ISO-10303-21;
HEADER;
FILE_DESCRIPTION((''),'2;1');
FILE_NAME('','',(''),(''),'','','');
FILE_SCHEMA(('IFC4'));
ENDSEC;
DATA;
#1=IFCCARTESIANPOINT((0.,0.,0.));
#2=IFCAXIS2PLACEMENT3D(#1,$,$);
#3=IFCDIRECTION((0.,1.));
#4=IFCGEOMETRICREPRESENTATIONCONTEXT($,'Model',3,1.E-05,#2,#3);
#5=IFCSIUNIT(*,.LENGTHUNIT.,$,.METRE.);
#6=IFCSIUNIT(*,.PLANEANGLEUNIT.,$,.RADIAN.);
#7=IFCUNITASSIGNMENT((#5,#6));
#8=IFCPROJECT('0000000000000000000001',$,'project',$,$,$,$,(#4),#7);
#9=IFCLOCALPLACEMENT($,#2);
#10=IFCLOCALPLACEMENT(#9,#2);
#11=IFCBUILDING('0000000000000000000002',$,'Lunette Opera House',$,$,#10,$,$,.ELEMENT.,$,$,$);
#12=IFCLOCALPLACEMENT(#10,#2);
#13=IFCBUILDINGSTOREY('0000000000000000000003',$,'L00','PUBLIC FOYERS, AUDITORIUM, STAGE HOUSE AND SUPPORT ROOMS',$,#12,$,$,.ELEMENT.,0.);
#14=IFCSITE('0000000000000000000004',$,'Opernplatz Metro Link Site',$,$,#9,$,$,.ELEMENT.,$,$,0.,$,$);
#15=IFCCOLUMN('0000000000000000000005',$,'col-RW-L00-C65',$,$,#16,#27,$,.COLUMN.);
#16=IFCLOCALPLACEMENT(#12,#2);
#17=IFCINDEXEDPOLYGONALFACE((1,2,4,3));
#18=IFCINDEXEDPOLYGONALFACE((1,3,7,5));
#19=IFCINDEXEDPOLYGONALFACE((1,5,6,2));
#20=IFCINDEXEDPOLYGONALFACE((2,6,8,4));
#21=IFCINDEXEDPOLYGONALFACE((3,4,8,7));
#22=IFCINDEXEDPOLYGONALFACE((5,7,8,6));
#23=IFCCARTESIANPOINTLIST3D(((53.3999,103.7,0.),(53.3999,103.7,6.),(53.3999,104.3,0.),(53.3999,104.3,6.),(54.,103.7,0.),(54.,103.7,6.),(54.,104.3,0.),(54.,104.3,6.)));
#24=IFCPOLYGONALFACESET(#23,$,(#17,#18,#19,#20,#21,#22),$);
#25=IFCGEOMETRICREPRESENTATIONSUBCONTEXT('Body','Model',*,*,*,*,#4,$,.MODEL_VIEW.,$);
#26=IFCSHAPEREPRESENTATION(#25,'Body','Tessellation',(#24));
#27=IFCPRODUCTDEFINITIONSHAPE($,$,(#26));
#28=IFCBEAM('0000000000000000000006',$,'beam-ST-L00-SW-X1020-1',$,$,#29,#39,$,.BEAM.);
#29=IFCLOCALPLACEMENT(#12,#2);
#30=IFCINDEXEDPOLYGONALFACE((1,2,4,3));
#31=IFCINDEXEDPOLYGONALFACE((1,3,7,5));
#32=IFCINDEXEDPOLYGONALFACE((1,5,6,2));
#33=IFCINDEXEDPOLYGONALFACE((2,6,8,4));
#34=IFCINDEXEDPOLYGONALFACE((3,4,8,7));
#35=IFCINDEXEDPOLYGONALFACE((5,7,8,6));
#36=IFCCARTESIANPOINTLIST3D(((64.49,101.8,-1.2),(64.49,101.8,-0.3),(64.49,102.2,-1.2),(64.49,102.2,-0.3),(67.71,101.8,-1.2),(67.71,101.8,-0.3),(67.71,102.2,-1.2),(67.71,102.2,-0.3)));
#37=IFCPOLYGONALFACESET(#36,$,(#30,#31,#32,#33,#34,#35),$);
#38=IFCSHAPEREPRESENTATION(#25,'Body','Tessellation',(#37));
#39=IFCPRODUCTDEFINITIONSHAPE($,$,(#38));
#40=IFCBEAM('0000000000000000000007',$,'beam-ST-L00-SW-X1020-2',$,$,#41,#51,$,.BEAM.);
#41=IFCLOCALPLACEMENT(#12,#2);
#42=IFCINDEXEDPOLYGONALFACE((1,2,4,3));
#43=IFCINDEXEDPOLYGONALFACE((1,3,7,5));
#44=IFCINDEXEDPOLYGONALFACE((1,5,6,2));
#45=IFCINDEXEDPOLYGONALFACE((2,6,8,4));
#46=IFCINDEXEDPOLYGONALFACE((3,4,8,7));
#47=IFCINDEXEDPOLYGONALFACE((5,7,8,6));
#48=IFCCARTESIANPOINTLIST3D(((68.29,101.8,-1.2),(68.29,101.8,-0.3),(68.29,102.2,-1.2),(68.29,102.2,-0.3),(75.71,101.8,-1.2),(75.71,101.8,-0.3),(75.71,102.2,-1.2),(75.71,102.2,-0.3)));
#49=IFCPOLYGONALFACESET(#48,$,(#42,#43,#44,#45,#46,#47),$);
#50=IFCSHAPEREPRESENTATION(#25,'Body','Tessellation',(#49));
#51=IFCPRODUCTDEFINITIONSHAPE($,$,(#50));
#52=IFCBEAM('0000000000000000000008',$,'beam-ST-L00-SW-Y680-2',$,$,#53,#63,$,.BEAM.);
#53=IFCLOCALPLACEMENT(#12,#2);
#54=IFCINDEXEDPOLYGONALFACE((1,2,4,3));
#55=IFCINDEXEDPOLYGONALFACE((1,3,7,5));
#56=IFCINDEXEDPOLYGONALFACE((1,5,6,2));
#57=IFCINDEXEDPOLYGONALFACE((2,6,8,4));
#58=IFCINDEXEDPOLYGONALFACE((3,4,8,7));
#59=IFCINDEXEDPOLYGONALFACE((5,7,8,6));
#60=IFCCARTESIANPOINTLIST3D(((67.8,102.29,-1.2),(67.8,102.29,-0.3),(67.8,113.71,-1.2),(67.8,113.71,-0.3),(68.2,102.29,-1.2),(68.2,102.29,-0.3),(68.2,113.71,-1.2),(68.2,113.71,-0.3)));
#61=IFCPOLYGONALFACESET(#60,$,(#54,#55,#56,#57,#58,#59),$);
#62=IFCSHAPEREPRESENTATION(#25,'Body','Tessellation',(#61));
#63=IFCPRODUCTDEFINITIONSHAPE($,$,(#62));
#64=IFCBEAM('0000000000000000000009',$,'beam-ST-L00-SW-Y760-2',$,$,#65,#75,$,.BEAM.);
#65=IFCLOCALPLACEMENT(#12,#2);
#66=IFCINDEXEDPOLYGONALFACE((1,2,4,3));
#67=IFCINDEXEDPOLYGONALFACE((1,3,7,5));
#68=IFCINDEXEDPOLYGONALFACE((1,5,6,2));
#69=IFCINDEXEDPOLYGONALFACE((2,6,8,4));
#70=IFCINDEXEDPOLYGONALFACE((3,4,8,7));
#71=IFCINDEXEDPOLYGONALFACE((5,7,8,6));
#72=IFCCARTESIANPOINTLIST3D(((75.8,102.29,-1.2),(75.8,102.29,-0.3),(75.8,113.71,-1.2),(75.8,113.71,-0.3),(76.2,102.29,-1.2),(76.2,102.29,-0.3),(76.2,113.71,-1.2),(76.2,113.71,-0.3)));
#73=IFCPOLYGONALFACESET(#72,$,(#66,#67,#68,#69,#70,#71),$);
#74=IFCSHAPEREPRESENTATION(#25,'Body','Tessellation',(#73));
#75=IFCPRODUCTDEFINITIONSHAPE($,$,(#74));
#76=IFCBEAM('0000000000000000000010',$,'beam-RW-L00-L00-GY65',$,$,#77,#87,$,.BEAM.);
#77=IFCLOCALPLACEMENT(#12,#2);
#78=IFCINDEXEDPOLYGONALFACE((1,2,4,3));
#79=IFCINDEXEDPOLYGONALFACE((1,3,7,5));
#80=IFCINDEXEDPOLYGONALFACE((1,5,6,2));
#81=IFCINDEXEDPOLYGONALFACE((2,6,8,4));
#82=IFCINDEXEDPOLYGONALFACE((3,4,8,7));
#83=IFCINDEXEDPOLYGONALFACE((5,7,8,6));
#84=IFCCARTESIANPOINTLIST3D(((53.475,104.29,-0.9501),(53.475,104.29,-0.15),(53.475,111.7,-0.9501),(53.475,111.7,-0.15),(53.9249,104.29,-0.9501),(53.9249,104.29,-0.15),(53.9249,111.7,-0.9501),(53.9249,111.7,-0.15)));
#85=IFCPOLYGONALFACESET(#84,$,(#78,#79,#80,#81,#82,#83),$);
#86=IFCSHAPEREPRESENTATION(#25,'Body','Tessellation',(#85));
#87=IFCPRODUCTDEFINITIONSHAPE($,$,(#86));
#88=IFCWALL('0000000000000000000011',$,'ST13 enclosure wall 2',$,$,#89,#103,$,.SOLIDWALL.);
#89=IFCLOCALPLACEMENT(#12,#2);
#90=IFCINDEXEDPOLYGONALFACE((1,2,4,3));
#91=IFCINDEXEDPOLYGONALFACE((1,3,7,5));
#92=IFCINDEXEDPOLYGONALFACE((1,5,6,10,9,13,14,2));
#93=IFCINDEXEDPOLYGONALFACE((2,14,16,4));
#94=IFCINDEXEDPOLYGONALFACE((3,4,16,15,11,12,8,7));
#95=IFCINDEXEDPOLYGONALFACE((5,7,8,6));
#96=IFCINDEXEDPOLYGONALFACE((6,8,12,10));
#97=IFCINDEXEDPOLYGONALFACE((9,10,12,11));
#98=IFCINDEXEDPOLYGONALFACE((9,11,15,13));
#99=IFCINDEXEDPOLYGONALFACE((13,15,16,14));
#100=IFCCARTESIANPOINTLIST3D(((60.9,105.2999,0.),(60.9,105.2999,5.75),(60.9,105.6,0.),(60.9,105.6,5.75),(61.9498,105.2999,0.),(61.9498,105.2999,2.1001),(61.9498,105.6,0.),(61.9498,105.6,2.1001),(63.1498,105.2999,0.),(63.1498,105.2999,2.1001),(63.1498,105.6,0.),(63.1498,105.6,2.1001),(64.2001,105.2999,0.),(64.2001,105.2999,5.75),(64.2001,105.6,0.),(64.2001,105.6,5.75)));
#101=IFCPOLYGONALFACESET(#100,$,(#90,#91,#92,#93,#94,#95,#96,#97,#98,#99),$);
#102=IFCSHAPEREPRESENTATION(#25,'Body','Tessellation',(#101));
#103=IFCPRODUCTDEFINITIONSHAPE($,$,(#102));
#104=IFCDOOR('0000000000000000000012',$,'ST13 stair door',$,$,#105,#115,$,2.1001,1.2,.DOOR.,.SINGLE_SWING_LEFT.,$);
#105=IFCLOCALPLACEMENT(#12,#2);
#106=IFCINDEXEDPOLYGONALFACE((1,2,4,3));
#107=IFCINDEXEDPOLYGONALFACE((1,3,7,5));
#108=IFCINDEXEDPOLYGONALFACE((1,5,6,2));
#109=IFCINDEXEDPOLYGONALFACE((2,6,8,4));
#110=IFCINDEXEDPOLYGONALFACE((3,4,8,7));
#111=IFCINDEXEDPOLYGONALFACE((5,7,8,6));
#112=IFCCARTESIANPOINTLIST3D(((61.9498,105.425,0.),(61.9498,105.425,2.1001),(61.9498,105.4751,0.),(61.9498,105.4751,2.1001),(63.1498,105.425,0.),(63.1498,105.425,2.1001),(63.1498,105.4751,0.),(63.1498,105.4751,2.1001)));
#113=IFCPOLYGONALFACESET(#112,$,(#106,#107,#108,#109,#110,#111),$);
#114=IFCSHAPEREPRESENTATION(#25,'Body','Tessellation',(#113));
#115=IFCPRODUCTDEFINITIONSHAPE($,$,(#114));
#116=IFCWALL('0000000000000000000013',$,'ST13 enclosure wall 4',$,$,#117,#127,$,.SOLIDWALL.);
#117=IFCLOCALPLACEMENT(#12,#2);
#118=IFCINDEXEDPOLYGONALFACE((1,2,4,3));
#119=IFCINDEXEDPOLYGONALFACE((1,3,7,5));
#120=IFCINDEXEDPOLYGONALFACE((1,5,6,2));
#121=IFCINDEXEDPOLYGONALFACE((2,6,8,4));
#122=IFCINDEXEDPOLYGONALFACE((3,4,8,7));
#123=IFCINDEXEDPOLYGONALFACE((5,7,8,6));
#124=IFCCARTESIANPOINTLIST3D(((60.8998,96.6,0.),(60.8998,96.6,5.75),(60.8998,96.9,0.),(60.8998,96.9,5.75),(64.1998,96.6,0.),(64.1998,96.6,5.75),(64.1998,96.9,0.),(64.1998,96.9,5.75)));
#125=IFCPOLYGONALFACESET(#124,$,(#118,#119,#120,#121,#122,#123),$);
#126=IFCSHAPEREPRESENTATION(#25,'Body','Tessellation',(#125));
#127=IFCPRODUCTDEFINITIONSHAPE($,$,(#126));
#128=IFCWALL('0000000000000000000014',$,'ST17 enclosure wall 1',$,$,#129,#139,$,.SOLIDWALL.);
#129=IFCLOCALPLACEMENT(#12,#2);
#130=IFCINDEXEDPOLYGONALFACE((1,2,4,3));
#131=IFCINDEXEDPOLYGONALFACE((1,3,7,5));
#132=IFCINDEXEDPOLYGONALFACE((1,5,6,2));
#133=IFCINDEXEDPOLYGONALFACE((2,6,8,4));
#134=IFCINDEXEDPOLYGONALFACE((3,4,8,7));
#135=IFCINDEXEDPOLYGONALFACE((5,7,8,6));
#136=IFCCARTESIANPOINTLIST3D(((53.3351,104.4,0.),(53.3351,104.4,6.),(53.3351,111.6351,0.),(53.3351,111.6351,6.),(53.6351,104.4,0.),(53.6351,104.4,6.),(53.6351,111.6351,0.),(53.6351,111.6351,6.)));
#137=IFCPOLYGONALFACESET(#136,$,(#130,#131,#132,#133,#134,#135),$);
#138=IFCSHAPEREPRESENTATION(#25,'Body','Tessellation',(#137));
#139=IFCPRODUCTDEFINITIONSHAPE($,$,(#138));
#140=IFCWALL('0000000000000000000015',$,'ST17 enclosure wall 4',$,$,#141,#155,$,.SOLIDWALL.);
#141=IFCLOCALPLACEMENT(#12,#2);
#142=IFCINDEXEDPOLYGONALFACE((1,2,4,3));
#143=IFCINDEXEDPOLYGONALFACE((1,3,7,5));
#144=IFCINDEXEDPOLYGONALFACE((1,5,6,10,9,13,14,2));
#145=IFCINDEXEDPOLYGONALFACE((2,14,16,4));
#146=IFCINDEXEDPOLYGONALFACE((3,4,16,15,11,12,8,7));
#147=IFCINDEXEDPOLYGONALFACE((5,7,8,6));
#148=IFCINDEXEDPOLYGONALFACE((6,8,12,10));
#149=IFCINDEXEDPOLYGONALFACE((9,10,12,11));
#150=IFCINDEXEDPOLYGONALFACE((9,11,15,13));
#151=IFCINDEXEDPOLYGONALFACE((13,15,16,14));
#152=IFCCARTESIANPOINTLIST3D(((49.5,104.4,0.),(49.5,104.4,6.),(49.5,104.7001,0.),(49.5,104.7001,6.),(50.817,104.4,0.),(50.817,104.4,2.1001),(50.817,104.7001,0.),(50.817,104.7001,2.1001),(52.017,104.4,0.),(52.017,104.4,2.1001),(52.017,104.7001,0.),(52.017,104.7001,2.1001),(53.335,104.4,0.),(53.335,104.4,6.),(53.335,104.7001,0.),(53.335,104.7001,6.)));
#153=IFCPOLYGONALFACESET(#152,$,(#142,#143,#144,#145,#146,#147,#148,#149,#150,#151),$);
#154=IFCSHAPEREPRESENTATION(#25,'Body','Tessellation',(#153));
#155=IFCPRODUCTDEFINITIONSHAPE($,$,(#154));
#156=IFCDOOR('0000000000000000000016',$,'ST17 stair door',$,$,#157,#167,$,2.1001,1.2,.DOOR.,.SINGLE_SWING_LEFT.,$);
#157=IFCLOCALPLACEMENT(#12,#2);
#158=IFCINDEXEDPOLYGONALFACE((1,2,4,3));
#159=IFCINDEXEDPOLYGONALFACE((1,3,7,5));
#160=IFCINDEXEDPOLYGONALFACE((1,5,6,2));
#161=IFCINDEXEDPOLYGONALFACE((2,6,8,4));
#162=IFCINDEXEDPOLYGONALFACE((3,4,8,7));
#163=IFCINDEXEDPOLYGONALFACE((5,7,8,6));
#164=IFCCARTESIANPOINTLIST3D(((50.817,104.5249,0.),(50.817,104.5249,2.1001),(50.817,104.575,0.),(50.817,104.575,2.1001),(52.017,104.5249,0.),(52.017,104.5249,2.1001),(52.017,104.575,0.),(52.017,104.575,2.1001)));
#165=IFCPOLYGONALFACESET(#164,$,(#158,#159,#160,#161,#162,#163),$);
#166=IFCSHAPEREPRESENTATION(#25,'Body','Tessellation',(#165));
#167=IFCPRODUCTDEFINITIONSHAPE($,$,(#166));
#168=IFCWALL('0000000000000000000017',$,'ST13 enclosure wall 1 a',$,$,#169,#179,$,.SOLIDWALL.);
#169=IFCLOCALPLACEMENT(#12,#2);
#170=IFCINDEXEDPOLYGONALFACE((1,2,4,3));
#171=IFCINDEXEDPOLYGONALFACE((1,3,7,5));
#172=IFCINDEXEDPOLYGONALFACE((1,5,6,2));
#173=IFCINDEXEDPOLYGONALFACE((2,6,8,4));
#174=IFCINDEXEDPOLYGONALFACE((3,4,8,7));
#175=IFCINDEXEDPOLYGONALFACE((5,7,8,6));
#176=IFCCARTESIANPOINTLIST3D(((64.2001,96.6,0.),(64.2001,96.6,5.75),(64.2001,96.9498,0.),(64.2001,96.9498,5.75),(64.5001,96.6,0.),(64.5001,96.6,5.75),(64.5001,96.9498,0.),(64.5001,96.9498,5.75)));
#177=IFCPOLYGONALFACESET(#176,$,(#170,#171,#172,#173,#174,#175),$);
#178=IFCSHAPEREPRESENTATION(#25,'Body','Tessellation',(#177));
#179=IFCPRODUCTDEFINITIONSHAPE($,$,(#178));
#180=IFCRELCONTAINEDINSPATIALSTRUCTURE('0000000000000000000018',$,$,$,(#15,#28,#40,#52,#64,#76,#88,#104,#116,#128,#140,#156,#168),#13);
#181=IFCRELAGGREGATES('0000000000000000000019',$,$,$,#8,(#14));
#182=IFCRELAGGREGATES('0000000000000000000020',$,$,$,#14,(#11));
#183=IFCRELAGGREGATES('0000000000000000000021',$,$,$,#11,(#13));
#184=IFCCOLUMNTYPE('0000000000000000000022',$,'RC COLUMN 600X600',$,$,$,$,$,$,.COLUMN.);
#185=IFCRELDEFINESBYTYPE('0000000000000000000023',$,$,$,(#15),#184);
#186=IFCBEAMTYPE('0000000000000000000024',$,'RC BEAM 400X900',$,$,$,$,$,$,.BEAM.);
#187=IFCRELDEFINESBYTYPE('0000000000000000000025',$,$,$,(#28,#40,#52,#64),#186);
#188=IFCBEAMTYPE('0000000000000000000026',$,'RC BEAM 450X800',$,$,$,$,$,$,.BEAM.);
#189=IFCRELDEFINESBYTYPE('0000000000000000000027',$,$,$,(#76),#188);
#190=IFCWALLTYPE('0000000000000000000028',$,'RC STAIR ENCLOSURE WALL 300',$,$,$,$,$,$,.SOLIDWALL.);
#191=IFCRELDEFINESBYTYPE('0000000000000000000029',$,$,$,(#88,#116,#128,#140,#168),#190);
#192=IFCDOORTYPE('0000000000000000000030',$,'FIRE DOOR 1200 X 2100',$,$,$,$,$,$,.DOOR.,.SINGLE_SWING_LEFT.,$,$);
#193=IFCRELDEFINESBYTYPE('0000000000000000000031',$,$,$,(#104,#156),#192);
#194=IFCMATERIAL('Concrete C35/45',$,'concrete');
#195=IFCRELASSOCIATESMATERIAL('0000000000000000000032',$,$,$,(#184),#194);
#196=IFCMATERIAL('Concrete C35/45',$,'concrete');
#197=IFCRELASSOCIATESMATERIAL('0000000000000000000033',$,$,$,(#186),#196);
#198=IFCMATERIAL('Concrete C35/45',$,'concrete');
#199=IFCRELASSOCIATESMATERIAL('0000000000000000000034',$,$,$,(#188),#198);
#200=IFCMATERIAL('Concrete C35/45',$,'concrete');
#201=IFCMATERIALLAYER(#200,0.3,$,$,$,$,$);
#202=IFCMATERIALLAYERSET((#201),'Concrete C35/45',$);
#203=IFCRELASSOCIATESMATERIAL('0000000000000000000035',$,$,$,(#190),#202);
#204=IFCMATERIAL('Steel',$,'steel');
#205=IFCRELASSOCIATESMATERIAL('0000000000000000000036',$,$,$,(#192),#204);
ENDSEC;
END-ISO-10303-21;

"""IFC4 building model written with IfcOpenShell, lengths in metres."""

from ifc_helpers import new_model, si_unit, direction, frame, frame_2d, origin, origin_2d, place, context, subcontext, project, spatial, rectangle, extrude, material, layer, layer_set, material_profile, profile_set, type_object, element, fill, save


model = new_model("IFC4")

# Units and contexts
model_context = context("Model", 3, precision=1e-05, world=origin(), true_north=direction((0.0, 1.0)))
body_context = subcontext(model_context, "Body", "Model", "MODEL_VIEW")
ifc_project = project(units=[si_unit("LENGTHUNIT", "METRE"), si_unit("PLANEANGLEUNIT", "RADIAN")], contexts=[model_context])

# Site, building, storey
site_placement = place(None, origin())
site = spatial("IfcSite", under=ifc_project, at=site_placement, Name="Opernplatz Metro Link Site", CompositionType="ELEMENT", RefElevation=0.0)
building_placement = place(site_placement, origin())
building = spatial("IfcBuilding", under=site, at=building_placement, Name="Lunette Opera House", CompositionType="ELEMENT")
storey_placement = place(building_placement, origin())
storey = spatial("IfcBuildingStorey", under=building, at=storey_placement, Name="L00", Description="PUBLIC FOYERS, AUDITORIUM, STAGE HOUSE AND SUPPORT ROOMS", CompositionType="ELEMENT", Elevation=0.0)

# Column
ifc_material_1 = material(Name="Concrete C35/45", Category="concrete")
ifc_material_profile_1 = material_profile(ifc_material_1, rectangle(XDim=0.6001, YDim=0.6001, at=origin_2d()), Name="RC COLUMN 600X600")
ifc_profile_set_1 = profile_set([ifc_material_profile_1], Name="Concrete C35/45")
column_type = type_object("IfcColumnType", Name="RC COLUMN 600X600", PredefinedType="COLUMN", material=ifc_profile_set_1)
column_placement = place(storey_placement, frame((53.7, 104.0, 0.0), z_axis=(0.0, 0.0, 1.0), x_axis=(1.0, 0.0, 0.0)))
element("IfcColumn", 1, at=column_placement, inside=storey, type_object=column_type, Name="col-RW-L00-C65", PredefinedType="COLUMN", context=body_context, shape_type="SweptSolid", body=[
    extrude(rectangle(XDim=0.6001, YDim=0.6001, at=origin_2d()), origin(), (0.0, 0.0, 1.0), 6.0),
])

# Beams
ifc_material_2 = material(Name="Concrete C35/45", Category="concrete")
ifc_material_profile_2 = material_profile(ifc_material_2, rectangle(XDim=0.3999, YDim=0.8999, at=origin_2d()), Name="RC BEAM 400X900")
ifc_profile_set_2 = profile_set([ifc_material_profile_2], Name="Concrete C35/45")
beam_type_1 = type_object("IfcBeamType", Name="RC BEAM 400X900", PredefinedType="BEAM", material=ifc_profile_set_2)
beam_1_placement = place(storey_placement, frame((64.49, 102.0, -0.75), z_axis=(1.0, 0.0, 0.0), x_axis=(0.0, 1.0, 0.0)))
element("IfcBeam", 2, at=beam_1_placement, inside=storey, type_object=beam_type_1, Name="beam-ST-L00-SW-X1020-1", PredefinedType="BEAM", context=body_context, shape_type="SweptSolid", body=[
    extrude(rectangle(XDim=0.3999, YDim=0.8999, at=origin_2d()), origin(), (0.0, 0.0, 1.0), 3.22),
])
beam_2_placement = place(storey_placement, frame((68.29, 102.0, -0.75), z_axis=(1.0, 0.0, 0.0), x_axis=(0.0, 1.0, 0.0)))
element("IfcBeam", 3, at=beam_2_placement, inside=storey, type_object=beam_type_1, Name="beam-ST-L00-SW-X1020-2", PredefinedType="BEAM", context=body_context, shape_type="SweptSolid", body=[
    extrude(rectangle(XDim=0.3999, YDim=0.8999, at=origin_2d()), origin(), (0.0, 0.0, 1.0), 7.4199),
])
for number, where, z_axis, x_axis, name in (
    (4, (68.0, 102.29, -0.75), (0.0, 1.0, 0.0), (-1.0, 0.0, 0.0), "beam-ST-L00-SW-Y680-2"),
    (5, (76.0, 102.29, -0.75), (0.0, 1.0, 0.0), (-1.0, 0.0, 0.0), "beam-ST-L00-SW-Y760-2"),
):
    element("IfcBeam", number, at=place(storey_placement, frame(where, z_axis=z_axis, x_axis=x_axis)), inside=storey, type_object=beam_type_1, Name=name, PredefinedType="BEAM", context=body_context, shape_type="SweptSolid", body=[
        extrude(rectangle(XDim=0.3999, YDim=0.8999, at=origin_2d()), origin(), (0.0, 0.0, 1.0), 11.4199),
    ])
ifc_material_3 = material(Name="Concrete C35/45", Category="concrete")
ifc_material_profile_3 = material_profile(ifc_material_3, rectangle(XDim=0.45, YDim=0.8, at=origin_2d()), Name="RC BEAM 450X800")
ifc_profile_set_3 = profile_set([ifc_material_profile_3], Name="Concrete C35/45")
beam_type_2 = type_object("IfcBeamType", Name="RC BEAM 450X800", PredefinedType="BEAM", material=ifc_profile_set_3)
beam_3_placement = place(storey_placement, frame((53.7, 104.29, -0.55), z_axis=(0.0, 1.0, 0.0), x_axis=(-1.0, 0.0, 0.0)))
element("IfcBeam", 6, at=beam_3_placement, inside=storey, type_object=beam_type_2, Name="beam-RW-L00-L00-GY65", PredefinedType="BEAM", context=body_context, shape_type="SweptSolid", body=[
    extrude(rectangle(XDim=0.45, YDim=0.8, at=origin_2d()), origin(), (0.0, 0.0, 1.0), 7.4099),
])

# Wall, opening, door
ifc_material_4 = material(Name="Concrete C35/45", Category="concrete")
ifc_layer_1 = layer(ifc_material_4, 0.3)
ifc_layer_set_1 = layer_set([ifc_layer_1], Name="Concrete C35/45")
wall_type_1 = type_object("IfcWallType", Name="RC STAIR ENCLOSURE WALL 300", PredefinedType="SOLIDWALL", material=ifc_layer_set_1)
wall_1_placement = place(storey_placement, frame((64.2, 105.45, 0.0), z_axis=(0.0, 0.0, 1.0), x_axis=(-1.0, 0.0, 0.0)))
wall_1 = element("IfcWall", 7, at=wall_1_placement, inside=storey, type_object=wall_type_1, Name="ST13 enclosure wall 2", PredefinedType="SOLIDWALL", context=body_context, shape_type="SweptSolid", body=[
    extrude(rectangle(XDim=3.3, YDim=0.3, at=frame_2d((1.6499, 0.0))), origin(), (0.0, 0.0, 1.0), 5.75),
])
opening_1_placement = place(wall_1_placement, frame((1.05, 0.0, 0.0)))
opening_1 = element("IfcOpeningElement", 8, at=opening_1_placement, cuts=wall_1, PredefinedType="OPENING", context=body_context, shape_type="SweptSolid", body=[
    extrude(rectangle(XDim=1.2, YDim=2.1001, at=frame_2d((0.6001, 1.05))), frame((0.0, 0.1621, 0.0), z_axis=(0.0, -1.0, 0.0), x_axis=(1.0, 0.0, 0.0)), (0.0, 0.0, 1.0), 0.324),
])
ifc_material_5 = material(Name="Steel", Category="steel")
door_type = type_object("IfcDoorType", Name="FIRE DOOR 1200 X 2100", OperationType="SINGLE_SWING_LEFT", PredefinedType="DOOR", material=ifc_material_5)
door_1_placement = place(opening_1_placement, origin())
door_1 = element("IfcDoor", 9, at=door_1_placement, inside=storey, type_object=door_type, Name="ST13 stair door", OperationType="SINGLE_SWING_LEFT", OverallHeight=2.1001, OverallWidth=1.2, PredefinedType="DOOR", context=body_context, shape_type="SweptSolid", body=[
    extrude(rectangle(XDim=1.2, YDim=2.1001, at=frame_2d((0.6001, 1.05))), frame((0.0, 0.0249, 0.0), z_axis=(0.0, -1.0, 0.0), x_axis=(1.0, 0.0, 0.0)), (0.0, 0.0, 1.0), 0.05),
])
fill(opening_1, door_1)

# Walls
wall_2_placement = place(storey_placement, frame((60.8999, 96.75, 0.0), z_axis=(0.0, 0.0, 1.0), x_axis=(1.0, 0.0, 0.0)))
element("IfcWall", 10, at=wall_2_placement, inside=storey, type_object=wall_type_1, Name="ST13 enclosure wall 4", PredefinedType="SOLIDWALL", context=body_context, shape_type="SweptSolid", body=[
    extrude(rectangle(XDim=3.3, YDim=0.3, at=frame_2d((1.6499, 0.0))), origin(), (0.0, 0.0, 1.0), 5.75),
])
wall_3_placement = place(storey_placement, frame((53.4851, 104.3999, 0.0), z_axis=(0.0, 0.0, 1.0), x_axis=(0.0, 1.0, 0.0)))
element("IfcWall", 11, at=wall_3_placement, inside=storey, type_object=wall_type_1, Name="ST17 enclosure wall 1", PredefinedType="SOLIDWALL", context=body_context, shape_type="SweptSolid", body=[
    extrude(rectangle(XDim=7.2351, YDim=0.3, at=frame_2d((3.6177, 0.0))), origin(), (0.0, 0.0, 1.0), 6.0),
])

# Wall, opening, door
wall_4_placement = place(storey_placement, frame((49.5, 104.55, 0.0), z_axis=(0.0, 0.0, 1.0), x_axis=(1.0, 0.0, 0.0)))
wall_4 = element("IfcWall", 12, at=wall_4_placement, inside=storey, type_object=wall_type_1, Name="ST17 enclosure wall 4", PredefinedType="SOLIDWALL", context=body_context, shape_type="SweptSolid", body=[
    extrude(rectangle(XDim=3.835, YDim=0.3, at=frame_2d((1.9175, 0.0))), origin(), (0.0, 0.0, 1.0), 6.0),
])
opening_2_placement = place(wall_4_placement, frame((1.3169, 0.0, 0.0)))
opening_2 = element("IfcOpeningElement", 13, at=opening_2_placement, cuts=wall_4, PredefinedType="OPENING", context=body_context, shape_type="SweptSolid", body=[
    extrude(rectangle(XDim=1.2, YDim=2.1001, at=frame_2d((0.6001, 1.05))), frame((0.0, 0.1621, 0.0), z_axis=(0.0, -1.0, 0.0), x_axis=(1.0, 0.0, 0.0)), (0.0, 0.0, 1.0), 0.324),
])
door_2_placement = place(opening_2_placement, origin())
door_2 = element("IfcDoor", 14, at=door_2_placement, inside=storey, type_object=door_type, Name="ST17 stair door", OperationType="SINGLE_SWING_LEFT", OverallHeight=2.1001, OverallWidth=1.2, PredefinedType="DOOR", context=body_context, shape_type="SweptSolid", body=[
    extrude(rectangle(XDim=1.2, YDim=2.1001, at=frame_2d((0.6001, 1.05))), frame((0.0, 0.0249, 0.0), z_axis=(0.0, -1.0, 0.0), x_axis=(1.0, 0.0, 0.0)), (0.0, 0.0, 1.0), 0.05),
])
fill(opening_2, door_2)

# Wall
wall_5_placement = place(storey_placement, frame((64.3501, 96.6001, 0.0), z_axis=(0.0, 0.0, 1.0), x_axis=(0.0, 1.0, 0.0)))
element("IfcWall", 15, at=wall_5_placement, inside=storey, type_object=wall_type_1, Name="ST13 enclosure wall 1 a", PredefinedType="SOLIDWALL", context=body_context, shape_type="SweptSolid", body=[
    extrude(rectangle(XDim=0.3499, YDim=0.3, at=frame_2d((0.1748, 0.0))), origin(), (0.0, 0.0, 1.0), 5.75),
])

save(model, "model.ifc")
